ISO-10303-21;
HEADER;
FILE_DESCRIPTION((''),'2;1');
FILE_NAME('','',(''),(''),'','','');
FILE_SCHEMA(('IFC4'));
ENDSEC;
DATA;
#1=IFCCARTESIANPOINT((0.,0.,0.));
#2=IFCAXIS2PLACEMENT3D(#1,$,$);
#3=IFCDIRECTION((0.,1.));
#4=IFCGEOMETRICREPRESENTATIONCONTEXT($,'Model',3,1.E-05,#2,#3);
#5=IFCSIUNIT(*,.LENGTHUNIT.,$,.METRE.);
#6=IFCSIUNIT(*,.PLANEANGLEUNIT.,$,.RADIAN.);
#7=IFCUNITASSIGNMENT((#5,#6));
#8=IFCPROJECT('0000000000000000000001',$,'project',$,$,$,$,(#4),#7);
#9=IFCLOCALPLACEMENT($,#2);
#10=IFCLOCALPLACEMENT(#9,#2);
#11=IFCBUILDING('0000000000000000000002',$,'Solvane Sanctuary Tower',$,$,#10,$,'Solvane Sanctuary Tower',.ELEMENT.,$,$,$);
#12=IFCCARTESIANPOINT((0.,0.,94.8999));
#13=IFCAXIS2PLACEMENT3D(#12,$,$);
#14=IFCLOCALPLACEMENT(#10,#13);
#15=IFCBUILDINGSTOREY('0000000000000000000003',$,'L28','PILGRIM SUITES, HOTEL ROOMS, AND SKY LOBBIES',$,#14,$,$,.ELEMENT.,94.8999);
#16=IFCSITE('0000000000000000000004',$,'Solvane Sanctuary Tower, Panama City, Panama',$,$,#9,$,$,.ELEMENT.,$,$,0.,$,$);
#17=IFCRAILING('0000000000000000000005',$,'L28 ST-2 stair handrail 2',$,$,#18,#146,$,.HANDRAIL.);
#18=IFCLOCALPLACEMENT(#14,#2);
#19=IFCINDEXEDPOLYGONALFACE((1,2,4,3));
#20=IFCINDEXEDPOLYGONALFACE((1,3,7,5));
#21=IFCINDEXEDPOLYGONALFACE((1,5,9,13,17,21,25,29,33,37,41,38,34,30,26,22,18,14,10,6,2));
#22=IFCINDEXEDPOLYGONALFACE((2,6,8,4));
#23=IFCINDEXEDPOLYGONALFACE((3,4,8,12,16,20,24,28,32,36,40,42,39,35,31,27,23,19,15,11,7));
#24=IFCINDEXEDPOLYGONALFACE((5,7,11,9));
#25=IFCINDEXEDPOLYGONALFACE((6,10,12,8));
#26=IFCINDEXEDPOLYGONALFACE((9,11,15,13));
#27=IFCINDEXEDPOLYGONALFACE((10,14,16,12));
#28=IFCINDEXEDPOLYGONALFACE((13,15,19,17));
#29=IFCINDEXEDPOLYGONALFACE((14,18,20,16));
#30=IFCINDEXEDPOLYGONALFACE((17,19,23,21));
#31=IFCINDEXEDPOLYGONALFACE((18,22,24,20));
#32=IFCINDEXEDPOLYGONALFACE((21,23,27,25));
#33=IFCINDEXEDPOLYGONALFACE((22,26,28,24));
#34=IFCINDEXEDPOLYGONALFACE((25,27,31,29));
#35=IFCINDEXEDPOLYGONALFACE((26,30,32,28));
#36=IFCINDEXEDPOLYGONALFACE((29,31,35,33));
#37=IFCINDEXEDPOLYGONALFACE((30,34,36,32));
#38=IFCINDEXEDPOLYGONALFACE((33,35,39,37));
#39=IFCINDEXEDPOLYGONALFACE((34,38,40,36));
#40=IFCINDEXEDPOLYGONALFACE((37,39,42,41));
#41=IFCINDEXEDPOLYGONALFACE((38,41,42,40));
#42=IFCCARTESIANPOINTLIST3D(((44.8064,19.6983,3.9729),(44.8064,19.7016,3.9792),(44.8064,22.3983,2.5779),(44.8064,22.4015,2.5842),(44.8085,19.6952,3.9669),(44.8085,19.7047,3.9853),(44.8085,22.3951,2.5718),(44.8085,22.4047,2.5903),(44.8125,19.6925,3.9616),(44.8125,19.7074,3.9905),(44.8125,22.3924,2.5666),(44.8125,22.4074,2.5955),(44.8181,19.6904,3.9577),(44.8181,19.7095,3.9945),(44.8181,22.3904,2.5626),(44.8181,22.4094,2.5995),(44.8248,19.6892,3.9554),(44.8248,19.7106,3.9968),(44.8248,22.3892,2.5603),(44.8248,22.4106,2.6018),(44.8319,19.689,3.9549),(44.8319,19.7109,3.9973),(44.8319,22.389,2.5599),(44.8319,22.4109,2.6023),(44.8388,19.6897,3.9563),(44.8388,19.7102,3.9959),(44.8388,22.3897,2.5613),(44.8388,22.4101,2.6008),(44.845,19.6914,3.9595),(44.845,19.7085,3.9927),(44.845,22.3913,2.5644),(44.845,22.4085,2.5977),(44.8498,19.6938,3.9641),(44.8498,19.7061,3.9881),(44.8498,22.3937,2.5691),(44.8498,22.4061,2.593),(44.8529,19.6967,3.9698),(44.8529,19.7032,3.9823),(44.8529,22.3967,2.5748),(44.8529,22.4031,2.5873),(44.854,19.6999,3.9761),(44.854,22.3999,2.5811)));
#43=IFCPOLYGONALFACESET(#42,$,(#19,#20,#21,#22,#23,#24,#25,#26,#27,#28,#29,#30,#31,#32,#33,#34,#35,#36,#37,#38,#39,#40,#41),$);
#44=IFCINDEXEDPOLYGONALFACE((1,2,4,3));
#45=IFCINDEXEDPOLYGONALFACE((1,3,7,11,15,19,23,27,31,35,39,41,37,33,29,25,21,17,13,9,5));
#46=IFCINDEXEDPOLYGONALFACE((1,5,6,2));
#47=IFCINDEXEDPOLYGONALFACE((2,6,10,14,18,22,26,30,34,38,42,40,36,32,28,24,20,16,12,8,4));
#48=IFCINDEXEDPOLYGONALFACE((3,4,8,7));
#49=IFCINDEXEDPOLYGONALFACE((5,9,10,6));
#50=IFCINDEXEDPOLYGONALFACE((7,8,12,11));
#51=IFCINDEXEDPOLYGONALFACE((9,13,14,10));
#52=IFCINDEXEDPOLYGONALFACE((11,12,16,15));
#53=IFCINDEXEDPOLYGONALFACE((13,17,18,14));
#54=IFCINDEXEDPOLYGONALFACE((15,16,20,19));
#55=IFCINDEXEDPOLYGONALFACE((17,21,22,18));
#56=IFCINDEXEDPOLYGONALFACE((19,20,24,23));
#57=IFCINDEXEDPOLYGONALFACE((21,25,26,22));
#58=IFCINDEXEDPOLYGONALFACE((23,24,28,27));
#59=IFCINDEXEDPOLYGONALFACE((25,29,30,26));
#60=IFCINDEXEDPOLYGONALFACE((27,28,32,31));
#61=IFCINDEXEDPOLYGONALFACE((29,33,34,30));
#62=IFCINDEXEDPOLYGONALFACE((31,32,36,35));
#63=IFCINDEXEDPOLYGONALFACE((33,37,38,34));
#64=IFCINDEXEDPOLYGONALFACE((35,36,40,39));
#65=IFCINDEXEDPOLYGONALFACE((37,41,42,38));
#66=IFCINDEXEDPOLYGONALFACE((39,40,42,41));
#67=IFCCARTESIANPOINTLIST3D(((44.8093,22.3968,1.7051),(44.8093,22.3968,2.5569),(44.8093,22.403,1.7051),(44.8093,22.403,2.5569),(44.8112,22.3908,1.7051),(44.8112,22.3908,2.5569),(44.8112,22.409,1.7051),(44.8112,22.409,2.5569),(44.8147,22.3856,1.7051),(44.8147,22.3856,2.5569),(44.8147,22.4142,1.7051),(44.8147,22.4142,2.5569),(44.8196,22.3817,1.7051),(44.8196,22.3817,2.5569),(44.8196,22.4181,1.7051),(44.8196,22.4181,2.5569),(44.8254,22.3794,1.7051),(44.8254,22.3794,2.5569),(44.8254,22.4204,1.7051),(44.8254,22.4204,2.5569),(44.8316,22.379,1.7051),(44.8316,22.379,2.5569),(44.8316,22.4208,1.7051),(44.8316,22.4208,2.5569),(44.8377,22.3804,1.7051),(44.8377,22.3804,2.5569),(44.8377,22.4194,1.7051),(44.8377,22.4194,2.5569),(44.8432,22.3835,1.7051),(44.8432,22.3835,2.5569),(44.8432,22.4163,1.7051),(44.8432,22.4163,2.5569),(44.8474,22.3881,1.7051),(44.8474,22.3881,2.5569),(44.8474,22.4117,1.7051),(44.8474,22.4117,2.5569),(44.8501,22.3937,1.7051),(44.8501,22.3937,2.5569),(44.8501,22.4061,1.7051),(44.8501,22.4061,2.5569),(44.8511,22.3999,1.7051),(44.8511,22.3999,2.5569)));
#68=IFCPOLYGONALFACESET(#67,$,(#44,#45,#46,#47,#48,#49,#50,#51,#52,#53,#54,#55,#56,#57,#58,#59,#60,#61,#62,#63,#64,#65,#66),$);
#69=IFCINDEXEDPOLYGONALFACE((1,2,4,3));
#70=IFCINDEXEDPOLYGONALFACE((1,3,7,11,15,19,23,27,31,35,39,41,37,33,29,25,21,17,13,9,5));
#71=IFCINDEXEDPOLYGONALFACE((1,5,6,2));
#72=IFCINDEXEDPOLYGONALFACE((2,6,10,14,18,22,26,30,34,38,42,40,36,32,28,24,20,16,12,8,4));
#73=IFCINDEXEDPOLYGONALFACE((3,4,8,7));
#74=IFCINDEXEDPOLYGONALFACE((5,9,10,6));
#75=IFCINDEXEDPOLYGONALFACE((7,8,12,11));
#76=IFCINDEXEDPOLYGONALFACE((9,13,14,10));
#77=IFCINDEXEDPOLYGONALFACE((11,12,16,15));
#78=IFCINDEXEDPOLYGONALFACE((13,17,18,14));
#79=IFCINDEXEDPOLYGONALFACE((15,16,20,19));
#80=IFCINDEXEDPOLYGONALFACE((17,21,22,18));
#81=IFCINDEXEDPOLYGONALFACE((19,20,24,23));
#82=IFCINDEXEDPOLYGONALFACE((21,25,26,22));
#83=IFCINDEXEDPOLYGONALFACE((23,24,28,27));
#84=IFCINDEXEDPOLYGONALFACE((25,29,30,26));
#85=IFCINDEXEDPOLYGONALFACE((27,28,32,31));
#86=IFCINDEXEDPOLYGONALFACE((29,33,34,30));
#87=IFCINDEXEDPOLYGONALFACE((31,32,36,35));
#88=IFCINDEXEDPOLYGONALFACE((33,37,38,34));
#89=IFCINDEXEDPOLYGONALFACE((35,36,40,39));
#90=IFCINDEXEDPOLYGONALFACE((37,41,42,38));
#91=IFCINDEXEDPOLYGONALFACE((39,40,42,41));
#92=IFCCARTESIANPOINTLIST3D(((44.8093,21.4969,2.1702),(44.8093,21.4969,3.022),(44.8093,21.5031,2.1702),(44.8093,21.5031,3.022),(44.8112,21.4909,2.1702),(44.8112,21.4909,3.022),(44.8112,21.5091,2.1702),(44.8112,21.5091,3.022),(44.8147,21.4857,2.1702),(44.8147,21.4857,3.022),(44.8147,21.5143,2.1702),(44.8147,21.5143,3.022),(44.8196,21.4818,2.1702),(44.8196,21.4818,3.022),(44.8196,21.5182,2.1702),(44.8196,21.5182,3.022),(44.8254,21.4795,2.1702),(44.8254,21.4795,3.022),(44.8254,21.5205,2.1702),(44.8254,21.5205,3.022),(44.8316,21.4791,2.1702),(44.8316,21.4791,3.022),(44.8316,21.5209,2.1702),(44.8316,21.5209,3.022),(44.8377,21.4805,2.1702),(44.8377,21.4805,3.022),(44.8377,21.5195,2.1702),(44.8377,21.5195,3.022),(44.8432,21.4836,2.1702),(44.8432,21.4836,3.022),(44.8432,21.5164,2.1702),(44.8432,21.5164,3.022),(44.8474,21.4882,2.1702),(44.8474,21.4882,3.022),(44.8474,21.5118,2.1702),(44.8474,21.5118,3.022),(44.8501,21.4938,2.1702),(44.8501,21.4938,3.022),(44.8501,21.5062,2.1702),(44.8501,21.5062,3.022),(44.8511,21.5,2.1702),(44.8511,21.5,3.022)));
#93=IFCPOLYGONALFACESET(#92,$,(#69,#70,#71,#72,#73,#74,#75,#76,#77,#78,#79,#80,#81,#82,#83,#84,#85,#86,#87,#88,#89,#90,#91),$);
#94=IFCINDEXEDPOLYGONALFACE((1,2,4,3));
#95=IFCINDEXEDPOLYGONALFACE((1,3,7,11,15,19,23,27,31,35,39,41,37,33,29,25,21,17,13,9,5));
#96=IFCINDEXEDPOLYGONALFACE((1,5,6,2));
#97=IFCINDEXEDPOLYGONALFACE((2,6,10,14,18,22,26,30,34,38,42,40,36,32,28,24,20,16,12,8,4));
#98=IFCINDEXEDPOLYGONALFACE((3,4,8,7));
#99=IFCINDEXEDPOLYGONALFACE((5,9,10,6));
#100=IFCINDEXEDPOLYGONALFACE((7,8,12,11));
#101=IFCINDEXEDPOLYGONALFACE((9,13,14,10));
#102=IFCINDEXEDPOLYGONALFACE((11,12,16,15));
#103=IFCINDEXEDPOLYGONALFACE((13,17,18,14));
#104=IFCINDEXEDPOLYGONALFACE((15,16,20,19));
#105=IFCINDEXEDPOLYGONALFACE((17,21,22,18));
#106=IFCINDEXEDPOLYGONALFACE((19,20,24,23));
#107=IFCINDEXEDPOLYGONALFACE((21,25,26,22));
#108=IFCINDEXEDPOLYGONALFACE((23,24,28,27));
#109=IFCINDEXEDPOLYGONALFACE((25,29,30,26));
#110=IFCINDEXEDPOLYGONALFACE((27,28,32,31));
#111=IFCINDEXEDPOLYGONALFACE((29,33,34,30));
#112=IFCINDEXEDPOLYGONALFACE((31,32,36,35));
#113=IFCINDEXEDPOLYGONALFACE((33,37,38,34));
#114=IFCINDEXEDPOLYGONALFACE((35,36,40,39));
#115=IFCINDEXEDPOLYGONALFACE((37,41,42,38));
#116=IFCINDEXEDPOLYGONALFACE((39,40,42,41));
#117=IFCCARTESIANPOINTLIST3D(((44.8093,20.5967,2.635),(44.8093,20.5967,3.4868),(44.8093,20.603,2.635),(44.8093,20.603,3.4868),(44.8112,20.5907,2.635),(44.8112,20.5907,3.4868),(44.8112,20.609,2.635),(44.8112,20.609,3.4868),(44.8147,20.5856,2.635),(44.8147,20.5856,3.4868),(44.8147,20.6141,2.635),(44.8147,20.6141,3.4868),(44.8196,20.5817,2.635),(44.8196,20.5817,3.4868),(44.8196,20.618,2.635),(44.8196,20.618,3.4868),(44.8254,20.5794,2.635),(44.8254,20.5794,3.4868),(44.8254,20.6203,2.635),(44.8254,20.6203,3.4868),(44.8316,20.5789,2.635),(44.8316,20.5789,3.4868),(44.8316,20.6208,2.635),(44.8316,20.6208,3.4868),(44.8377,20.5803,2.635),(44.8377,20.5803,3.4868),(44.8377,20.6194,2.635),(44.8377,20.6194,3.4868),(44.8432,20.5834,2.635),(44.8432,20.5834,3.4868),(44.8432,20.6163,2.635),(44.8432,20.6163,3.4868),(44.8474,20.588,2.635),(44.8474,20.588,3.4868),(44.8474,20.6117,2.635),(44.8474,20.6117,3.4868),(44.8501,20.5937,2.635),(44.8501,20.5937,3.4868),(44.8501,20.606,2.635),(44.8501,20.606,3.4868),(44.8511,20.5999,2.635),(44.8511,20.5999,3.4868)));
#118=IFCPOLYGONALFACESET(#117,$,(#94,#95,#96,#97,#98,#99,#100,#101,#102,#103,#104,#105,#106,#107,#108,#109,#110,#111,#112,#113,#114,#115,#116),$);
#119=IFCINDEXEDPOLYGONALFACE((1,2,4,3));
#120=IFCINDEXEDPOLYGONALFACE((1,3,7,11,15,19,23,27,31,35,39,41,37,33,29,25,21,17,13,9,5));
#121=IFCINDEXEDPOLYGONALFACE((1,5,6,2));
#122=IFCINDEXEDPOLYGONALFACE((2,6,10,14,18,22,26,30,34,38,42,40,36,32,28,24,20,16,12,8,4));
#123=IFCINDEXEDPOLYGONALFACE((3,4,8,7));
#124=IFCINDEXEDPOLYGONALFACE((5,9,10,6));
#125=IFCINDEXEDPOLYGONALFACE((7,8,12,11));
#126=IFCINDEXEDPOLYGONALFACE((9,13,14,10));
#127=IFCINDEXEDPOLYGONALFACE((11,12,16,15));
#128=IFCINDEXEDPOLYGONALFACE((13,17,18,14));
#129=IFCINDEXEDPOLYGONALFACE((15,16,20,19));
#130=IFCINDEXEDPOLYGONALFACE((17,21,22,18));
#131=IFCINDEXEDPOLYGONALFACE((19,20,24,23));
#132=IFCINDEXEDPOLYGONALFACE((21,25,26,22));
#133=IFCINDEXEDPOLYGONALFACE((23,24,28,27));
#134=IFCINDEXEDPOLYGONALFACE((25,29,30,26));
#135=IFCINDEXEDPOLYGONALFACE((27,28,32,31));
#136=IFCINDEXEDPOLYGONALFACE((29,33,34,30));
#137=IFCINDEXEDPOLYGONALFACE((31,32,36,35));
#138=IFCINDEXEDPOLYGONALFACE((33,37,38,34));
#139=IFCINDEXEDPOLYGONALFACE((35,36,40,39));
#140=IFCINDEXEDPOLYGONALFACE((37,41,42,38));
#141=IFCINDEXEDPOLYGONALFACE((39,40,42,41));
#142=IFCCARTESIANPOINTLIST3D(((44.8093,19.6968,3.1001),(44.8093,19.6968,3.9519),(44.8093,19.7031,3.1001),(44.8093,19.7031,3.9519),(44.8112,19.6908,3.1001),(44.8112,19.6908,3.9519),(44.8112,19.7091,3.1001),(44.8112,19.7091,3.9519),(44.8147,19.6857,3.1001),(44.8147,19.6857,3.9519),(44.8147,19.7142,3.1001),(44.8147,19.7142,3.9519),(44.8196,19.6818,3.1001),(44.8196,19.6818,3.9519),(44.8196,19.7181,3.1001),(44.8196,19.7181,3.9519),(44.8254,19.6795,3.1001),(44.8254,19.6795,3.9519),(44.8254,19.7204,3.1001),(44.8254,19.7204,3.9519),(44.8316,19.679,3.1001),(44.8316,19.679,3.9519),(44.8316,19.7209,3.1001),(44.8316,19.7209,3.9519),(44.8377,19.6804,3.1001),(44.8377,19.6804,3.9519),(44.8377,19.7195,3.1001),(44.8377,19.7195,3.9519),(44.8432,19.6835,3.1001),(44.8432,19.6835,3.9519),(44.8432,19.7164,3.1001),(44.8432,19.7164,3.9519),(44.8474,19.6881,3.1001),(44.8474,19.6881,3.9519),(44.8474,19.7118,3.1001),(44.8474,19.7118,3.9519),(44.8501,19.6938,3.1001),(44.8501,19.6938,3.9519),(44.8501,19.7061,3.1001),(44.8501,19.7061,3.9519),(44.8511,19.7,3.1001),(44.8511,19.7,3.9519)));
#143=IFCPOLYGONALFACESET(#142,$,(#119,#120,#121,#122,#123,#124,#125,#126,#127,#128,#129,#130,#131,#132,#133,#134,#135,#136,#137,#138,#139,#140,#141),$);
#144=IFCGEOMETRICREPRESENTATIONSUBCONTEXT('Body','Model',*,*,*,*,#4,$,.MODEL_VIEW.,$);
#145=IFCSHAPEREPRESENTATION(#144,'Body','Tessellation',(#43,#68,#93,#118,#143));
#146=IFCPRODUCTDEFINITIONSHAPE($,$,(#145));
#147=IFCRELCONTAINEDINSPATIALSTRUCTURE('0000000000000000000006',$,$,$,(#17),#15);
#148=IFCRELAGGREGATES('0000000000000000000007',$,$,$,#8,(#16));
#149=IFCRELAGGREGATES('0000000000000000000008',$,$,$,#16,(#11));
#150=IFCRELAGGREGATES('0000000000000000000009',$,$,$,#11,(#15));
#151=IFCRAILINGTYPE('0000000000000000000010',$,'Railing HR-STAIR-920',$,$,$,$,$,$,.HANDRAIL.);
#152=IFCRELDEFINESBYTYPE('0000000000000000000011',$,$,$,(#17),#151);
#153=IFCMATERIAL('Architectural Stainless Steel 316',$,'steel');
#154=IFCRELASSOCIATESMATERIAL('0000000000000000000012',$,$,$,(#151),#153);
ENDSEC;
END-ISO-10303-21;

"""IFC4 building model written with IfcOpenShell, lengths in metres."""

from ifc_helpers import new_model, si_unit, direction, frame, origin, origin_2d, place, context, subcontext, project, spatial, circle, extrude, material, type_object, element, save


model = new_model("IFC4")

# Units and contexts
model_context = context("Model", 3, precision=1e-05, world=origin(), true_north=direction((0.0, 1.0)))
body_context = subcontext(model_context, "Body", "Model", "MODEL_VIEW")
ifc_project = project(units=[si_unit("LENGTHUNIT", "METRE"), si_unit("PLANEANGLEUNIT", "RADIAN")], contexts=[model_context])

# Site, building, storey
site_placement = place(None, origin())
site = spatial("IfcSite", under=ifc_project, at=site_placement, Name="Solvane Sanctuary Tower, Panama City, Panama", CompositionType="ELEMENT", RefElevation=0.0)
building_placement = place(site_placement, origin())
building = spatial("IfcBuilding", under=site, at=building_placement, Name="Solvane Sanctuary Tower", LongName="Solvane Sanctuary Tower", CompositionType="ELEMENT")
storey_placement = place(building_placement, frame((0.0, 0.0, 94.8999)))
storey = spatial("IfcBuildingStorey", under=building, at=storey_placement, Name="L28", Description="PILGRIM SUITES, HOTEL ROOMS, AND SKY LOBBIES", CompositionType="ELEMENT", Elevation=94.8999)

# Shared definitions
ifc_material_1 = material(Name="Architectural Stainless Steel 316", Category="steel")

# Railing
railing_type_1 = type_object("IfcRailingType", Name="Railing HR-STAIR-920", PredefinedType="HANDRAIL", material=ifc_material_1)
railing_1_placement = place(storey_placement, frame((44.8301, 22.3999, 1.7051)))
element("IfcRailing", 1, at=railing_1_placement, inside=storey, type_object=railing_type_1, Name="L28 ST-2 stair handrail 2", PredefinedType="HANDRAIL", context=body_context, shape_type="SweptSolid", body=[
    extrude(circle(Radius=0.0239, at=origin_2d()), frame((0.0, 0.0, 0.876), z_axis=(0.0, -0.88842, 0.459032), x_axis=(1.0, 0.0, 0.0)), (0.0, 0.0, 1.0), 3.0391),
    extrude(circle(Radius=0.021, at=origin_2d()), origin(), (0.0, 0.0, 1.0), 0.8518),
    extrude(circle(Radius=0.021, at=origin_2d()), frame((0.0, -0.8999, 0.4651)), (0.0, 0.0, 1.0), 0.8518),
    extrude(circle(Radius=0.021, at=origin_2d()), frame((0.0, -1.8, 0.9299)), (0.0, 0.0, 1.0), 0.8518),
    extrude(circle(Radius=0.021, at=origin_2d()), frame((0.0, -2.7, 1.395)), (0.0, 0.0, 1.0), 0.8518),
])

save(model, "model.ifc")
